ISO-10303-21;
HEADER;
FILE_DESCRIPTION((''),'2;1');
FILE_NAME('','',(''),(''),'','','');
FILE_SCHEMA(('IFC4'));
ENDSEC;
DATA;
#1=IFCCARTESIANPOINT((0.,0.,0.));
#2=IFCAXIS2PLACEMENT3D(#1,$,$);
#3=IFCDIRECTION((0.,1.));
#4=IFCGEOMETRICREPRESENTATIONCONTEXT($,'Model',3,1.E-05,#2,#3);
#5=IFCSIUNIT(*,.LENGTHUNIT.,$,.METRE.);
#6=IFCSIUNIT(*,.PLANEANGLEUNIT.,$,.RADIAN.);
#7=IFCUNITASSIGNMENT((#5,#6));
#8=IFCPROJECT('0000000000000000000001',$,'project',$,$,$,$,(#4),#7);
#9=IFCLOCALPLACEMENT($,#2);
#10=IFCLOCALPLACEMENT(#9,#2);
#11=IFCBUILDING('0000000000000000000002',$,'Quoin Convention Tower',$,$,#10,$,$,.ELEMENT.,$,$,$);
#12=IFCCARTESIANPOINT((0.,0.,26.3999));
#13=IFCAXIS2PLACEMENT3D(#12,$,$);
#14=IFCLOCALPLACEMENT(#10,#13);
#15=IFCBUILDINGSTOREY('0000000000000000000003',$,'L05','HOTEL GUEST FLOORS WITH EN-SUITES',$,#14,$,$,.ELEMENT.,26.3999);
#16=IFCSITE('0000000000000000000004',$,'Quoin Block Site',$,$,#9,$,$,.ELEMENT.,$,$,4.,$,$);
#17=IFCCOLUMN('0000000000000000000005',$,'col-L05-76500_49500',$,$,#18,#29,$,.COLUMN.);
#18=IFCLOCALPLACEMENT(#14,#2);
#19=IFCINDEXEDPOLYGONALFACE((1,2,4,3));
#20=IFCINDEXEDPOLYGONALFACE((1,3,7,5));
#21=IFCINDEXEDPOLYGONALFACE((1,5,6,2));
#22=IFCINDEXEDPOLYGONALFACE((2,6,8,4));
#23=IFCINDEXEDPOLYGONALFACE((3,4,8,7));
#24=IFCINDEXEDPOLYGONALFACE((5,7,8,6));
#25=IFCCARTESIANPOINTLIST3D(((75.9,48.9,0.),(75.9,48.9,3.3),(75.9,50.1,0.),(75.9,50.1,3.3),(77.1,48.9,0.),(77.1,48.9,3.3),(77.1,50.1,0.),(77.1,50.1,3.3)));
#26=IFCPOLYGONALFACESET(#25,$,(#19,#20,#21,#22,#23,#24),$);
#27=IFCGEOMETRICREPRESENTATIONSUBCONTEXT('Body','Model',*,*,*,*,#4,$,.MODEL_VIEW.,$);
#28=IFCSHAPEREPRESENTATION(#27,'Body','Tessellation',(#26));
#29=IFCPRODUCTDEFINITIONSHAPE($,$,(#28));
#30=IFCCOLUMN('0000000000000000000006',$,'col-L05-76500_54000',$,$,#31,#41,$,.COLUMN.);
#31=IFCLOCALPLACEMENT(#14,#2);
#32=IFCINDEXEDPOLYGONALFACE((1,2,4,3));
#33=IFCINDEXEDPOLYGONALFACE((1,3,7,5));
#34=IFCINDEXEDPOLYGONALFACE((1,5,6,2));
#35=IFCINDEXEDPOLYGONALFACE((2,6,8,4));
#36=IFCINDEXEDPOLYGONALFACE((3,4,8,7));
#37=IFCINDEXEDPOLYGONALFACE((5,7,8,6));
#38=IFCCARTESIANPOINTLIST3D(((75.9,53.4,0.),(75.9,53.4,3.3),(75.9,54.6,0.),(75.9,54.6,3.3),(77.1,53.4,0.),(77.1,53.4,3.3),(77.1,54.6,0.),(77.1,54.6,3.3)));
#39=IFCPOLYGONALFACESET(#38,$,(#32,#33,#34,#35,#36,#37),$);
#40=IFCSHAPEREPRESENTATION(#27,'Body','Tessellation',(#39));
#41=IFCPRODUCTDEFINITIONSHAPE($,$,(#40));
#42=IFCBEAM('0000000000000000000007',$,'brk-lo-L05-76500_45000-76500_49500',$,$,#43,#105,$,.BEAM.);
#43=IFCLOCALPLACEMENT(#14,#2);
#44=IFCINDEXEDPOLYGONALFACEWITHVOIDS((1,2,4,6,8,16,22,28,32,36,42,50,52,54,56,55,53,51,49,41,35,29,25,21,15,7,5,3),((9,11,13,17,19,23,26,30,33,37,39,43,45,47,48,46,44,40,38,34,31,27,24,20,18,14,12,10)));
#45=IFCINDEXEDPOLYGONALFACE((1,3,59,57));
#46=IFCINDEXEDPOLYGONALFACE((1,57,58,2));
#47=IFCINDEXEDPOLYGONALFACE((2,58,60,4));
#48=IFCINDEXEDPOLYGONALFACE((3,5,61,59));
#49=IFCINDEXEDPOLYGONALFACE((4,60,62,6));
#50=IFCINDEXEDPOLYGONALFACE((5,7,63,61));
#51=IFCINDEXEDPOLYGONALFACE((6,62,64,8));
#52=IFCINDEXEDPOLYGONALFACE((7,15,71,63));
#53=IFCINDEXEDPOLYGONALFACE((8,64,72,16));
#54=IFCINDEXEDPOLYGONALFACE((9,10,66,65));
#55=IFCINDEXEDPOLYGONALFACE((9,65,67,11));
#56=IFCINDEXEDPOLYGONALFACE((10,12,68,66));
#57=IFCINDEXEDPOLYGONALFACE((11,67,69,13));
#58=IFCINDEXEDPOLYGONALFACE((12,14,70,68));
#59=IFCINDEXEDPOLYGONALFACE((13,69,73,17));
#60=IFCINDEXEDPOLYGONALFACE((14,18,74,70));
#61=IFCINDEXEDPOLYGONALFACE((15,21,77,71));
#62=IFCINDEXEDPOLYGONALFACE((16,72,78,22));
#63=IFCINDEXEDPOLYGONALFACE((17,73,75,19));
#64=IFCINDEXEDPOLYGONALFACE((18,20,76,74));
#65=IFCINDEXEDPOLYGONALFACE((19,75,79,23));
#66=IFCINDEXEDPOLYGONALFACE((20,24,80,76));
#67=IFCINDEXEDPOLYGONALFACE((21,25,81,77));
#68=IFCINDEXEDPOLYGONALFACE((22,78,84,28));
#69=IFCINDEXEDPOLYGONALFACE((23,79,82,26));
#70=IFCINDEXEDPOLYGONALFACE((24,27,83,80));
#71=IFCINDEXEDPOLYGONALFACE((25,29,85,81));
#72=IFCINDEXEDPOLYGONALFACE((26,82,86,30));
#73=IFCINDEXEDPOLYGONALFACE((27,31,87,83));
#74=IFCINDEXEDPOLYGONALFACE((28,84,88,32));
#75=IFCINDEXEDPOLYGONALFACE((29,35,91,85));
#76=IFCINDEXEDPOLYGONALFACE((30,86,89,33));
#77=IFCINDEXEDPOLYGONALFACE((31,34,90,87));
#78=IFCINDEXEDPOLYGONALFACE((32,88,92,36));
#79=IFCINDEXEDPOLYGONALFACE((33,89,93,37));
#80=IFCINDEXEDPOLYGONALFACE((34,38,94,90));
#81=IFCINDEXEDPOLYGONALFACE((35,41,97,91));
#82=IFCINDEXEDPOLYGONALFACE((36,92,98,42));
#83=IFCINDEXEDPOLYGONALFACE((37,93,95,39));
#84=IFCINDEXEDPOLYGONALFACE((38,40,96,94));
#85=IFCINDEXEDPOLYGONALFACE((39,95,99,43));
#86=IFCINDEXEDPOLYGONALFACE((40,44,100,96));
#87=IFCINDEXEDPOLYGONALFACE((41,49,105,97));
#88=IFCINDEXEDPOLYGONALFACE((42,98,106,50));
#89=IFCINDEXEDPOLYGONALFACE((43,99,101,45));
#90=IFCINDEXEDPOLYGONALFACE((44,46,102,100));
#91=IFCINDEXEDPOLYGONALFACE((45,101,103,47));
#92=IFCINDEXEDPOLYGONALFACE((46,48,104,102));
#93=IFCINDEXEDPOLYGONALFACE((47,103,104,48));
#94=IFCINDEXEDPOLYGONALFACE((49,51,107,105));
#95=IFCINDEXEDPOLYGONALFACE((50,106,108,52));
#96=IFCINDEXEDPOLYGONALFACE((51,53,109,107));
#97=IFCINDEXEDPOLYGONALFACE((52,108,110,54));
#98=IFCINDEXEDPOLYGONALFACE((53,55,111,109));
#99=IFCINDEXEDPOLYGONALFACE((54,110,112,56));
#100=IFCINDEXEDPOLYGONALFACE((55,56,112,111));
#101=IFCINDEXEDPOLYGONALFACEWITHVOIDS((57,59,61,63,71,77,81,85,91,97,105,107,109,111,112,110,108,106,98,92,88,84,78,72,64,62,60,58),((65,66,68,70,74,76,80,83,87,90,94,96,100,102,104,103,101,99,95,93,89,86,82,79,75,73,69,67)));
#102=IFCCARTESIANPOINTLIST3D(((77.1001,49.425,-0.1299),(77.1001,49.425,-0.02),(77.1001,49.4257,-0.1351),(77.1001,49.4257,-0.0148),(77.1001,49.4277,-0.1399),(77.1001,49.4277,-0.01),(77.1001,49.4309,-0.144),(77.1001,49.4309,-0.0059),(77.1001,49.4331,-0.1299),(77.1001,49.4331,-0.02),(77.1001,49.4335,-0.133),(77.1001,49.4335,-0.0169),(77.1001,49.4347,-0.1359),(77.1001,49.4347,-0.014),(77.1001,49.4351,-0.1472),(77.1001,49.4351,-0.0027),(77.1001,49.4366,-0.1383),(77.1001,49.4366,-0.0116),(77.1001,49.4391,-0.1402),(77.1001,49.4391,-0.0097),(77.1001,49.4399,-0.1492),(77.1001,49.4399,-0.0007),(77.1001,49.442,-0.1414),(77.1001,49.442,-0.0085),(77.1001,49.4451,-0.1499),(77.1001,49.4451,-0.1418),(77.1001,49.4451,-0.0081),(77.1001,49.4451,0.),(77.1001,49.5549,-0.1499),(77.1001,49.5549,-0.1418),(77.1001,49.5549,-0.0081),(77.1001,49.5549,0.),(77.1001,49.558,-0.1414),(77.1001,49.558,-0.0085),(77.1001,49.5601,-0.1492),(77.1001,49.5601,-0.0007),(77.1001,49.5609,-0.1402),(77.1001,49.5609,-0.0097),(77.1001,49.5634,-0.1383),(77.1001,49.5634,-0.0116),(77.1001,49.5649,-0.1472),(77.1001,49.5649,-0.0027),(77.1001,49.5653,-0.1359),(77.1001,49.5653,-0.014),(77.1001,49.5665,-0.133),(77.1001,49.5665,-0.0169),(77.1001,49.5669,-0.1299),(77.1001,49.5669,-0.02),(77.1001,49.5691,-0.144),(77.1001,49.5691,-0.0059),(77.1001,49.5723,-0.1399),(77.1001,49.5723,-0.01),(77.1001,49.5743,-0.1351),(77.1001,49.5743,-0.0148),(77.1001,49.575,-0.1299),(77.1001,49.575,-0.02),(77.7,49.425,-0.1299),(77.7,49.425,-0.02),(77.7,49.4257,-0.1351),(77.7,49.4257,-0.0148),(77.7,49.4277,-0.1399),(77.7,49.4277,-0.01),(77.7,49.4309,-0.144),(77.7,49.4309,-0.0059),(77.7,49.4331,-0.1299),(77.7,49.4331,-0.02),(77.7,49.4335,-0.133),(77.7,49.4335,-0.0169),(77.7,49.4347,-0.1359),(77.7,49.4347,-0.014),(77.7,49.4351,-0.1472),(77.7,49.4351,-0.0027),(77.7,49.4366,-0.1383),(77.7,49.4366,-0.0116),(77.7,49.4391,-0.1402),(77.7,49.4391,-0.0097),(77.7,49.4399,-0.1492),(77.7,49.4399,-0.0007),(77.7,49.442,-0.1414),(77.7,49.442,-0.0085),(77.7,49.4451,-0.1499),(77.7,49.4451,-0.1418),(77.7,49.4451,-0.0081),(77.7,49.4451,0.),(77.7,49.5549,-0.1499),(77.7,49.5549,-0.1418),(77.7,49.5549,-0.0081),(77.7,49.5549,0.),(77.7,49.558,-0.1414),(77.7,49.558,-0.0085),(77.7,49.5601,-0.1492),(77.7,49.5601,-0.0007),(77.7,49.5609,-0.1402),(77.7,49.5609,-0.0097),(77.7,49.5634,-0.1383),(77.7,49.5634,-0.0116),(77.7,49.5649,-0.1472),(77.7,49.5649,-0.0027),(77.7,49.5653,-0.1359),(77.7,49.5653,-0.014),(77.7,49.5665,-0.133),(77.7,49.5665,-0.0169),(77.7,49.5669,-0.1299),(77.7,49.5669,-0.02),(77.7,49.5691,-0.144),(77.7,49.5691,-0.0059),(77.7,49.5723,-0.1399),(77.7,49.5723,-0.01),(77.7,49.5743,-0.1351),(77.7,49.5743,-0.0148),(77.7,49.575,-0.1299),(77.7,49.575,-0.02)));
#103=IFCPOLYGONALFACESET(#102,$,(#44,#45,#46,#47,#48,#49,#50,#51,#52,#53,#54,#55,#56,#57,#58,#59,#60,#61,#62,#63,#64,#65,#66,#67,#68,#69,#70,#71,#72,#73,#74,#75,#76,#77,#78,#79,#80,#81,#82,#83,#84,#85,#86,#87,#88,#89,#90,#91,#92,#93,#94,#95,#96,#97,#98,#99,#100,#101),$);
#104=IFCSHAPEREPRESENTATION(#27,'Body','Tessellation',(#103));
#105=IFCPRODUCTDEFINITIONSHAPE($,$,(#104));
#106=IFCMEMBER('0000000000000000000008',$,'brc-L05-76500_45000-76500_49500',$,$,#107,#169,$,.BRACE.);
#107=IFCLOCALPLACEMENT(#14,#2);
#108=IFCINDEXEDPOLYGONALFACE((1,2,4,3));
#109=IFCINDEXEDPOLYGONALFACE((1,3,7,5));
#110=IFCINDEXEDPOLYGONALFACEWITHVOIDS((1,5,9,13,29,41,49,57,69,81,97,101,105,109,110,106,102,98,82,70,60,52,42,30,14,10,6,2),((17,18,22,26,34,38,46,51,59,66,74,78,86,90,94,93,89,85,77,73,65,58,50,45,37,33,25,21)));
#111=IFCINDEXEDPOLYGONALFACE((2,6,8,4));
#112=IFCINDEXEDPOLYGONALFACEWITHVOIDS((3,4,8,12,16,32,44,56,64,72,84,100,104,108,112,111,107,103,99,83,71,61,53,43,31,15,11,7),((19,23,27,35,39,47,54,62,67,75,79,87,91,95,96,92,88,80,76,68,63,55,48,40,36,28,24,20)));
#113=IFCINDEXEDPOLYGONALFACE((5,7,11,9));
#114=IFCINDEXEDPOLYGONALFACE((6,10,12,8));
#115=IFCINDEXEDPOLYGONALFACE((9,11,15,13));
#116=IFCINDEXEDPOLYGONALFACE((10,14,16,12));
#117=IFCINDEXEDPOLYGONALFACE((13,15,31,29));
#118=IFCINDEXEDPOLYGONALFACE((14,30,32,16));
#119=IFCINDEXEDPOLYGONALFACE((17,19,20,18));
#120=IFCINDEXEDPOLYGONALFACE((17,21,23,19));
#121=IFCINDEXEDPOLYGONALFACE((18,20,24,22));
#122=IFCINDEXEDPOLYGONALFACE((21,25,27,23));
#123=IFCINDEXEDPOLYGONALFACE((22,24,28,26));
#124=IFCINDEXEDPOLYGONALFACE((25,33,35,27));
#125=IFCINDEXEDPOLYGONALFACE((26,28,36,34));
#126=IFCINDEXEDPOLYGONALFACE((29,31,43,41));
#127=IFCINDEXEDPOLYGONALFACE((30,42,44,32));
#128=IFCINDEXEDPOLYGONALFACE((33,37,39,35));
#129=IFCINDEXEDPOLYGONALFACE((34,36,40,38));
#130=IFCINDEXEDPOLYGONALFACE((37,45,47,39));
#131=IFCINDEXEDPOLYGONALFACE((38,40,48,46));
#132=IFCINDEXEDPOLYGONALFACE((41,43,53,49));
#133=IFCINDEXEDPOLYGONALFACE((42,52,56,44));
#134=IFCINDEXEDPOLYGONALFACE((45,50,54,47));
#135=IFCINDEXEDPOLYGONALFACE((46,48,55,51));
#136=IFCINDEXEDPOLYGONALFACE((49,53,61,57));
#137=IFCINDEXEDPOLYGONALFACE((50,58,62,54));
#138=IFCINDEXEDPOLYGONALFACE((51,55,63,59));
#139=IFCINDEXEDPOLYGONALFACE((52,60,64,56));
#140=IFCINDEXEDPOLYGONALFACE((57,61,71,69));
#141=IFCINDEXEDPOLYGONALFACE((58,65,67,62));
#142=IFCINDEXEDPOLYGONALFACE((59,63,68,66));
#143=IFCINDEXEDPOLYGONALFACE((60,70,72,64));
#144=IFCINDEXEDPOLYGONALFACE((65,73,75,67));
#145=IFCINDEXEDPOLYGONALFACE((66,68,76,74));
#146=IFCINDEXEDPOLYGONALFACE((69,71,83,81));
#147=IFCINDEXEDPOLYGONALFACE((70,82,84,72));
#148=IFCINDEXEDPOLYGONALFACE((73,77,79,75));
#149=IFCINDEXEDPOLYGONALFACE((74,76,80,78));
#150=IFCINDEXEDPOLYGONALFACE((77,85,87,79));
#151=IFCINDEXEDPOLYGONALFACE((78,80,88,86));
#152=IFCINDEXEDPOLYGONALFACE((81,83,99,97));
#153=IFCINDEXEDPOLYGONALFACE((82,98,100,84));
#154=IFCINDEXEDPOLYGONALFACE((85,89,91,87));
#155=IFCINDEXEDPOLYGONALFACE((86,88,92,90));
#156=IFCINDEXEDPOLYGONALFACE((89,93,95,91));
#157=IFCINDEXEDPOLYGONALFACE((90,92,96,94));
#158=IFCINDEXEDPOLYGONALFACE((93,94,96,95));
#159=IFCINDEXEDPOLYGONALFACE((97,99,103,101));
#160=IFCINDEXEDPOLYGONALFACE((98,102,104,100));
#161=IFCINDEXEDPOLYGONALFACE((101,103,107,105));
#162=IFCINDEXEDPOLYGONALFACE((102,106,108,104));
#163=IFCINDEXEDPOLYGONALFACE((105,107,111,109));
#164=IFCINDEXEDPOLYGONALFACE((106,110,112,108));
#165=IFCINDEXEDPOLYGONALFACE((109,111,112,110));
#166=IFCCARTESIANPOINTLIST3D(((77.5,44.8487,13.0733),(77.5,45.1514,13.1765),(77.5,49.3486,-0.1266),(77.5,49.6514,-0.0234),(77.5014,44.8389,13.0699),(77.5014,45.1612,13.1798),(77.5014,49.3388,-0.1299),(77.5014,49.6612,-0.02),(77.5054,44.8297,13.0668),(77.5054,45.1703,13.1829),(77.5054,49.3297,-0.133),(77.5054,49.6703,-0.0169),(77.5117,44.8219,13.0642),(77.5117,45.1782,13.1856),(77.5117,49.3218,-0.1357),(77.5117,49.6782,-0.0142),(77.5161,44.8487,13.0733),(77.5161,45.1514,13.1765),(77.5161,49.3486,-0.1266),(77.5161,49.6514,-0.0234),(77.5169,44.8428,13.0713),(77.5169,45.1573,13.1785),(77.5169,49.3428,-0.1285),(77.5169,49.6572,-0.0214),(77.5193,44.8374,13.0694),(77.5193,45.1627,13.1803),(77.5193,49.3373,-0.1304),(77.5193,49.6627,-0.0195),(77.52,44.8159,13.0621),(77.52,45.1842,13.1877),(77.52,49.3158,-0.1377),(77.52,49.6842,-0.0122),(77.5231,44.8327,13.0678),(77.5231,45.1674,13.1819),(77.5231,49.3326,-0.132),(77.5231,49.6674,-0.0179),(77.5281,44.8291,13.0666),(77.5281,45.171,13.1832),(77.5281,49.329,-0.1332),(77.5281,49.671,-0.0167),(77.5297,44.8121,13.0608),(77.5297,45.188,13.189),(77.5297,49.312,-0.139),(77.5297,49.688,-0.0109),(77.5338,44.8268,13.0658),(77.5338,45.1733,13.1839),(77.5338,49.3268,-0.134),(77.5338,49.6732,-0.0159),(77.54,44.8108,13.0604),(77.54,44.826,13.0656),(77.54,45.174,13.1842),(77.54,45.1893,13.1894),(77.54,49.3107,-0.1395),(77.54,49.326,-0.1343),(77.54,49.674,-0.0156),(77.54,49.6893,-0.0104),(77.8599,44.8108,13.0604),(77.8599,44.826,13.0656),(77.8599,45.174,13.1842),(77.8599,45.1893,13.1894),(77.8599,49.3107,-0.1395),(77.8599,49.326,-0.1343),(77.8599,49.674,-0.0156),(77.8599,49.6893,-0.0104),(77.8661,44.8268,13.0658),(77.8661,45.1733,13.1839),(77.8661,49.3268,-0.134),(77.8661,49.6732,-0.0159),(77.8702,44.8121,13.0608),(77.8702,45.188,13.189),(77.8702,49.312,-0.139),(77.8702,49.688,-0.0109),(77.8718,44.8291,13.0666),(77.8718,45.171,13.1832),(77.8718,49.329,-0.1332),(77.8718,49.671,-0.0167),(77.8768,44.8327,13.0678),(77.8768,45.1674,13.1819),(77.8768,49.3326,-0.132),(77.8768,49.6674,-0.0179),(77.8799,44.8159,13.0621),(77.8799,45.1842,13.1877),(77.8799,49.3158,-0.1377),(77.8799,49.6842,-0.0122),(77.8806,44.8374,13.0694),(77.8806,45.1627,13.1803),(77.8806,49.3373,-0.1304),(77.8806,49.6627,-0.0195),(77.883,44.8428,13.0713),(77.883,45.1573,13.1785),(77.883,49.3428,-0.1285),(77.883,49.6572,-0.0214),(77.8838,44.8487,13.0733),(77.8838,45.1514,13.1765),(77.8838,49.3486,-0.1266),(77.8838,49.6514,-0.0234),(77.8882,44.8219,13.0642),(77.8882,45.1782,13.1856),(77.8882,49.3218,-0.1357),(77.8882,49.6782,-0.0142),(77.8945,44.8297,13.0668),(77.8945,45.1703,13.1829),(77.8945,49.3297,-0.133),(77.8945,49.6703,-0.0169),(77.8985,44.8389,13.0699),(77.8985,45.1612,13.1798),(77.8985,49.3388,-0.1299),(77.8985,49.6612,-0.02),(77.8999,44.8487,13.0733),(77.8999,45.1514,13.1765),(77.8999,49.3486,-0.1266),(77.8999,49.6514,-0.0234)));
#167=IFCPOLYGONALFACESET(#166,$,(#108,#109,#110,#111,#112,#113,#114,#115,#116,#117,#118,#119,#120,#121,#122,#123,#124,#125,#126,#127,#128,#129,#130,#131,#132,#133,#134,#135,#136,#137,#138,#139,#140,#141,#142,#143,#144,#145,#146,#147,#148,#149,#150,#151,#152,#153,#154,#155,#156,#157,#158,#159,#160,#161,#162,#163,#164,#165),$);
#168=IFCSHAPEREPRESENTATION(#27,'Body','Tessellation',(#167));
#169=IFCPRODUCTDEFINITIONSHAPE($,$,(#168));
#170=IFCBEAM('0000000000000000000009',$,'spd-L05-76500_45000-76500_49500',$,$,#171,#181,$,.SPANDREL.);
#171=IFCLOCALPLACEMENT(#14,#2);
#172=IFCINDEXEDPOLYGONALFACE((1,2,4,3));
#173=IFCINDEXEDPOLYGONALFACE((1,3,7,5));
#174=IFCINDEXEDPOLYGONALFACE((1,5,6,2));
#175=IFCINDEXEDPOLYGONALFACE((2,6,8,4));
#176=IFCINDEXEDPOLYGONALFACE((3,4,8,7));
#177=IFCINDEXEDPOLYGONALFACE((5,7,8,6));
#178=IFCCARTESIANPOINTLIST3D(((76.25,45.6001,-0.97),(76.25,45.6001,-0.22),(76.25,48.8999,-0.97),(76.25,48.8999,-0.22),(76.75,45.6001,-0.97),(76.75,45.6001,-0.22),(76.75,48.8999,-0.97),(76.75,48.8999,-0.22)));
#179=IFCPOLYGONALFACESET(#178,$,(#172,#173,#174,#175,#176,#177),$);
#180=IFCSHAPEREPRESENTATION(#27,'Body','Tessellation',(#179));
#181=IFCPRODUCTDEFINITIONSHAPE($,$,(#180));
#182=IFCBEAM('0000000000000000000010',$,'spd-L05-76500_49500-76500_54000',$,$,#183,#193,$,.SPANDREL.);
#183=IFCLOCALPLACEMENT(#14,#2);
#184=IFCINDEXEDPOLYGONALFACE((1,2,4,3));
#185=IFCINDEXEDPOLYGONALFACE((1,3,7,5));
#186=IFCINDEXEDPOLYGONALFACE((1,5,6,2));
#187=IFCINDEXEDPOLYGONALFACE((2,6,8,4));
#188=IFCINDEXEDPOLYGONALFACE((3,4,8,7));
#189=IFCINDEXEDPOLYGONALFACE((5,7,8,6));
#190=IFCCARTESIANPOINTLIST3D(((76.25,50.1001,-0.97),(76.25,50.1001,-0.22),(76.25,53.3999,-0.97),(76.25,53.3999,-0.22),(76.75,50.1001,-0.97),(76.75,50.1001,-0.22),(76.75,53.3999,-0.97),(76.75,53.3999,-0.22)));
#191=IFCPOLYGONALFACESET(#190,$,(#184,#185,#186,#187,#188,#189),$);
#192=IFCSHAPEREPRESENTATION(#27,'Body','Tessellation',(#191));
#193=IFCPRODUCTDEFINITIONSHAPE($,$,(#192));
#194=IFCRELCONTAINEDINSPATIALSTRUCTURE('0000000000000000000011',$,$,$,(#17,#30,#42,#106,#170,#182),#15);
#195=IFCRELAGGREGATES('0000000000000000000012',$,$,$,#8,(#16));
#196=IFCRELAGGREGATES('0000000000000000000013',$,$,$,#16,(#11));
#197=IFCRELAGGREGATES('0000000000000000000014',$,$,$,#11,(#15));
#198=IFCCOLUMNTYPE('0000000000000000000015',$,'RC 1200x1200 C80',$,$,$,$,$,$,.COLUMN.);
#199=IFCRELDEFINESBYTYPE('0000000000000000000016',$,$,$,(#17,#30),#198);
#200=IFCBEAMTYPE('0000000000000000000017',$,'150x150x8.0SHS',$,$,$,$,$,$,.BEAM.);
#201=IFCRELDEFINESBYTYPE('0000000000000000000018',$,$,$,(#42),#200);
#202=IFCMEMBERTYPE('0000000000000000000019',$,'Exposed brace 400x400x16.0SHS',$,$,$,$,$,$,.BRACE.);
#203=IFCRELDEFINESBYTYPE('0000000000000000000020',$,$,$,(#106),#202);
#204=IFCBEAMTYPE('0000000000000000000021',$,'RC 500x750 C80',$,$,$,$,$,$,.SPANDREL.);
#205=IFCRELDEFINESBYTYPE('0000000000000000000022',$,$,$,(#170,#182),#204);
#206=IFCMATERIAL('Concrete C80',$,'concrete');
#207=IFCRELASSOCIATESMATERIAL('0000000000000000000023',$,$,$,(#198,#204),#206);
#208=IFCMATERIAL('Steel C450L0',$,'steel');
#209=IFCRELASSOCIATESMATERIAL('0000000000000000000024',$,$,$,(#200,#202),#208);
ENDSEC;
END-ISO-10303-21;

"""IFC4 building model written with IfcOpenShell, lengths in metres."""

from ifc_helpers import new_model, si_unit, direction, frame, origin, origin_2d, place, context, subcontext, project, spatial, rectangle, hollow_rectangle, extrude, material, material_profile, profile_set, type_object, element, save


model = new_model("IFC4")

# Units and contexts
model_context = context("Model", 3, precision=1e-05, world=origin(), true_north=direction((0.0, 1.0)))
body_context = subcontext(model_context, "Body", "Model", "MODEL_VIEW")
ifc_project = project(units=[si_unit("LENGTHUNIT", "METRE"), si_unit("PLANEANGLEUNIT", "RADIAN")], contexts=[model_context])

# Site, building, storey
site_placement = place(None, origin())
site = spatial("IfcSite", under=ifc_project, at=site_placement, Name="Quoin Block Site", CompositionType="ELEMENT", RefElevation=4.0)
building_placement = place(site_placement, origin())
building = spatial("IfcBuilding", under=site, at=building_placement, Name="Quoin Convention Tower", CompositionType="ELEMENT")
storey_placement = place(building_placement, frame((0.0, 0.0, 26.3999)))
storey = spatial("IfcBuildingStorey", under=building, at=storey_placement, Name="L05", Description="HOTEL GUEST FLOORS WITH EN-SUITES", CompositionType="ELEMENT", Elevation=26.3999)

# Columns
ifc_material_1 = material(Name="Concrete C80", Category="concrete")
ifc_material_profile_1 = material_profile(ifc_material_1, rectangle(XDim=1.2, YDim=1.2, at=origin_2d()), Name="RC 1200x1200")
ifc_profile_set_1 = profile_set([ifc_material_profile_1], Name="Concrete C80")
column_type = type_object("IfcColumnType", Name="RC 1200x1200 C80", PredefinedType="COLUMN", material=ifc_profile_set_1)
for number, where, z_axis, x_axis, name in (
    (1, (76.5, 49.5, 0.0), (0.0, 0.0, 1.0), (1.0, 0.0, 0.0), "col-L05-76500_49500"),
    (2, (76.5, 54.0, 0.0), (0.0, 0.0, 1.0), (1.0, 0.0, 0.0), "col-L05-76500_54000"),
):
    element("IfcColumn", number, at=place(storey_placement, frame(where, z_axis=z_axis, x_axis=x_axis)), inside=storey, type_object=column_type, Name=name, PredefinedType="COLUMN", context=body_context, shape_type="SweptSolid", body=[
        extrude(rectangle(XDim=1.2, YDim=1.2, at=origin_2d()), origin(), (0.0, 0.0, 1.0), 3.3),
    ])

# Beam
ifc_material_2 = material(Name="Steel C450L0", Category="steel")
ifc_material_profile_2 = material_profile(ifc_material_2, hollow_rectangle(XDim=0.1499, YDim=0.1499, WallThickness=0.0081, InnerFilletRadius=0.012, OuterFilletRadius=0.02, at=origin_2d()), Name="150x150x8.0SHS")
ifc_profile_set_2 = profile_set([ifc_material_profile_2], Name="Steel C450L0")
beam_type_1 = type_object("IfcBeamType", Name="150x150x8.0SHS", PredefinedType="BEAM", material=ifc_profile_set_2)
beam_placement = place(storey_placement, frame((77.1001, 49.5, -0.075), z_axis=(1.0, 0.0, 0.0), x_axis=(0.0, 1.0, 0.0)))
element("IfcBeam", 3, at=beam_placement, inside=storey, type_object=beam_type_1, Name="brk-lo-L05-76500_45000-76500_49500", PredefinedType="BEAM", context=body_context, shape_type="SweptSolid", body=[
    extrude(hollow_rectangle(XDim=0.1499, YDim=0.1499, WallThickness=0.0081, InnerFilletRadius=0.012, OuterFilletRadius=0.02, at=origin_2d()), origin(), (0.0, 0.0, 1.0), 0.5999),
])

# Member
ifc_material_profile_3 = material_profile(ifc_material_2, hollow_rectangle(XDim=0.3999, YDim=0.3999, WallThickness=0.0161, InnerFilletRadius=0.0239, OuterFilletRadius=0.04, at=origin_2d()), Name="400x400x16.0SHS")
ifc_profile_set_3 = profile_set([ifc_material_profile_3], Name="Steel C450L0")
member_type = type_object("IfcMemberType", Name="Exposed brace 400x400x16.0SHS", PredefinedType="BRACE", material=ifc_profile_set_3)
member_placement = place(storey_placement, frame((77.7, 49.5, -0.075), z_axis=(0.0, -0.322675, 0.94651), x_axis=(1.0, 0.0, 0.0)))
element("IfcMember", 4, at=member_placement, inside=storey, type_object=member_type, Name="brc-L05-76500_45000-76500_49500", PredefinedType="BRACE", context=body_context, shape_type="SweptSolid", body=[
    extrude(hollow_rectangle(XDim=0.3999, YDim=0.3999, WallThickness=0.0161, InnerFilletRadius=0.0239, OuterFilletRadius=0.04, at=origin_2d()), origin(), (0.0, 0.0, 1.0), 13.9458),
])

# Beams
ifc_material_profile_4 = material_profile(ifc_material_1, rectangle(XDim=0.5, YDim=0.75, at=origin_2d()), Name="RC 500x750")
ifc_profile_set_4 = profile_set([ifc_material_profile_4], Name="Concrete C80")
beam_type_2 = type_object("IfcBeamType", Name="RC 500x750 C80", PredefinedType="SPANDREL", material=ifc_profile_set_4)
for number, where, z_axis, x_axis, name in (
    (5, (76.5, 45.6001, -0.595), (0.0, 1.0, 0.0), (-1.0, 0.0, 0.0), "spd-L05-76500_45000-76500_49500"),
    (6, (76.5, 50.1001, -0.595), (0.0, 1.0, 0.0), (-1.0, 0.0, 0.0), "spd-L05-76500_49500-76500_54000"),
):
    element("IfcBeam", number, at=place(storey_placement, frame(where, z_axis=z_axis, x_axis=x_axis)), inside=storey, type_object=beam_type_2, Name=name, PredefinedType="SPANDREL", context=body_context, shape_type="SweptSolid", body=[
        extrude(rectangle(XDim=0.5, YDim=0.75, at=origin_2d()), origin(), (0.0, 0.0, 1.0), 3.2998),
    ])

save(model, "model.ifc")
